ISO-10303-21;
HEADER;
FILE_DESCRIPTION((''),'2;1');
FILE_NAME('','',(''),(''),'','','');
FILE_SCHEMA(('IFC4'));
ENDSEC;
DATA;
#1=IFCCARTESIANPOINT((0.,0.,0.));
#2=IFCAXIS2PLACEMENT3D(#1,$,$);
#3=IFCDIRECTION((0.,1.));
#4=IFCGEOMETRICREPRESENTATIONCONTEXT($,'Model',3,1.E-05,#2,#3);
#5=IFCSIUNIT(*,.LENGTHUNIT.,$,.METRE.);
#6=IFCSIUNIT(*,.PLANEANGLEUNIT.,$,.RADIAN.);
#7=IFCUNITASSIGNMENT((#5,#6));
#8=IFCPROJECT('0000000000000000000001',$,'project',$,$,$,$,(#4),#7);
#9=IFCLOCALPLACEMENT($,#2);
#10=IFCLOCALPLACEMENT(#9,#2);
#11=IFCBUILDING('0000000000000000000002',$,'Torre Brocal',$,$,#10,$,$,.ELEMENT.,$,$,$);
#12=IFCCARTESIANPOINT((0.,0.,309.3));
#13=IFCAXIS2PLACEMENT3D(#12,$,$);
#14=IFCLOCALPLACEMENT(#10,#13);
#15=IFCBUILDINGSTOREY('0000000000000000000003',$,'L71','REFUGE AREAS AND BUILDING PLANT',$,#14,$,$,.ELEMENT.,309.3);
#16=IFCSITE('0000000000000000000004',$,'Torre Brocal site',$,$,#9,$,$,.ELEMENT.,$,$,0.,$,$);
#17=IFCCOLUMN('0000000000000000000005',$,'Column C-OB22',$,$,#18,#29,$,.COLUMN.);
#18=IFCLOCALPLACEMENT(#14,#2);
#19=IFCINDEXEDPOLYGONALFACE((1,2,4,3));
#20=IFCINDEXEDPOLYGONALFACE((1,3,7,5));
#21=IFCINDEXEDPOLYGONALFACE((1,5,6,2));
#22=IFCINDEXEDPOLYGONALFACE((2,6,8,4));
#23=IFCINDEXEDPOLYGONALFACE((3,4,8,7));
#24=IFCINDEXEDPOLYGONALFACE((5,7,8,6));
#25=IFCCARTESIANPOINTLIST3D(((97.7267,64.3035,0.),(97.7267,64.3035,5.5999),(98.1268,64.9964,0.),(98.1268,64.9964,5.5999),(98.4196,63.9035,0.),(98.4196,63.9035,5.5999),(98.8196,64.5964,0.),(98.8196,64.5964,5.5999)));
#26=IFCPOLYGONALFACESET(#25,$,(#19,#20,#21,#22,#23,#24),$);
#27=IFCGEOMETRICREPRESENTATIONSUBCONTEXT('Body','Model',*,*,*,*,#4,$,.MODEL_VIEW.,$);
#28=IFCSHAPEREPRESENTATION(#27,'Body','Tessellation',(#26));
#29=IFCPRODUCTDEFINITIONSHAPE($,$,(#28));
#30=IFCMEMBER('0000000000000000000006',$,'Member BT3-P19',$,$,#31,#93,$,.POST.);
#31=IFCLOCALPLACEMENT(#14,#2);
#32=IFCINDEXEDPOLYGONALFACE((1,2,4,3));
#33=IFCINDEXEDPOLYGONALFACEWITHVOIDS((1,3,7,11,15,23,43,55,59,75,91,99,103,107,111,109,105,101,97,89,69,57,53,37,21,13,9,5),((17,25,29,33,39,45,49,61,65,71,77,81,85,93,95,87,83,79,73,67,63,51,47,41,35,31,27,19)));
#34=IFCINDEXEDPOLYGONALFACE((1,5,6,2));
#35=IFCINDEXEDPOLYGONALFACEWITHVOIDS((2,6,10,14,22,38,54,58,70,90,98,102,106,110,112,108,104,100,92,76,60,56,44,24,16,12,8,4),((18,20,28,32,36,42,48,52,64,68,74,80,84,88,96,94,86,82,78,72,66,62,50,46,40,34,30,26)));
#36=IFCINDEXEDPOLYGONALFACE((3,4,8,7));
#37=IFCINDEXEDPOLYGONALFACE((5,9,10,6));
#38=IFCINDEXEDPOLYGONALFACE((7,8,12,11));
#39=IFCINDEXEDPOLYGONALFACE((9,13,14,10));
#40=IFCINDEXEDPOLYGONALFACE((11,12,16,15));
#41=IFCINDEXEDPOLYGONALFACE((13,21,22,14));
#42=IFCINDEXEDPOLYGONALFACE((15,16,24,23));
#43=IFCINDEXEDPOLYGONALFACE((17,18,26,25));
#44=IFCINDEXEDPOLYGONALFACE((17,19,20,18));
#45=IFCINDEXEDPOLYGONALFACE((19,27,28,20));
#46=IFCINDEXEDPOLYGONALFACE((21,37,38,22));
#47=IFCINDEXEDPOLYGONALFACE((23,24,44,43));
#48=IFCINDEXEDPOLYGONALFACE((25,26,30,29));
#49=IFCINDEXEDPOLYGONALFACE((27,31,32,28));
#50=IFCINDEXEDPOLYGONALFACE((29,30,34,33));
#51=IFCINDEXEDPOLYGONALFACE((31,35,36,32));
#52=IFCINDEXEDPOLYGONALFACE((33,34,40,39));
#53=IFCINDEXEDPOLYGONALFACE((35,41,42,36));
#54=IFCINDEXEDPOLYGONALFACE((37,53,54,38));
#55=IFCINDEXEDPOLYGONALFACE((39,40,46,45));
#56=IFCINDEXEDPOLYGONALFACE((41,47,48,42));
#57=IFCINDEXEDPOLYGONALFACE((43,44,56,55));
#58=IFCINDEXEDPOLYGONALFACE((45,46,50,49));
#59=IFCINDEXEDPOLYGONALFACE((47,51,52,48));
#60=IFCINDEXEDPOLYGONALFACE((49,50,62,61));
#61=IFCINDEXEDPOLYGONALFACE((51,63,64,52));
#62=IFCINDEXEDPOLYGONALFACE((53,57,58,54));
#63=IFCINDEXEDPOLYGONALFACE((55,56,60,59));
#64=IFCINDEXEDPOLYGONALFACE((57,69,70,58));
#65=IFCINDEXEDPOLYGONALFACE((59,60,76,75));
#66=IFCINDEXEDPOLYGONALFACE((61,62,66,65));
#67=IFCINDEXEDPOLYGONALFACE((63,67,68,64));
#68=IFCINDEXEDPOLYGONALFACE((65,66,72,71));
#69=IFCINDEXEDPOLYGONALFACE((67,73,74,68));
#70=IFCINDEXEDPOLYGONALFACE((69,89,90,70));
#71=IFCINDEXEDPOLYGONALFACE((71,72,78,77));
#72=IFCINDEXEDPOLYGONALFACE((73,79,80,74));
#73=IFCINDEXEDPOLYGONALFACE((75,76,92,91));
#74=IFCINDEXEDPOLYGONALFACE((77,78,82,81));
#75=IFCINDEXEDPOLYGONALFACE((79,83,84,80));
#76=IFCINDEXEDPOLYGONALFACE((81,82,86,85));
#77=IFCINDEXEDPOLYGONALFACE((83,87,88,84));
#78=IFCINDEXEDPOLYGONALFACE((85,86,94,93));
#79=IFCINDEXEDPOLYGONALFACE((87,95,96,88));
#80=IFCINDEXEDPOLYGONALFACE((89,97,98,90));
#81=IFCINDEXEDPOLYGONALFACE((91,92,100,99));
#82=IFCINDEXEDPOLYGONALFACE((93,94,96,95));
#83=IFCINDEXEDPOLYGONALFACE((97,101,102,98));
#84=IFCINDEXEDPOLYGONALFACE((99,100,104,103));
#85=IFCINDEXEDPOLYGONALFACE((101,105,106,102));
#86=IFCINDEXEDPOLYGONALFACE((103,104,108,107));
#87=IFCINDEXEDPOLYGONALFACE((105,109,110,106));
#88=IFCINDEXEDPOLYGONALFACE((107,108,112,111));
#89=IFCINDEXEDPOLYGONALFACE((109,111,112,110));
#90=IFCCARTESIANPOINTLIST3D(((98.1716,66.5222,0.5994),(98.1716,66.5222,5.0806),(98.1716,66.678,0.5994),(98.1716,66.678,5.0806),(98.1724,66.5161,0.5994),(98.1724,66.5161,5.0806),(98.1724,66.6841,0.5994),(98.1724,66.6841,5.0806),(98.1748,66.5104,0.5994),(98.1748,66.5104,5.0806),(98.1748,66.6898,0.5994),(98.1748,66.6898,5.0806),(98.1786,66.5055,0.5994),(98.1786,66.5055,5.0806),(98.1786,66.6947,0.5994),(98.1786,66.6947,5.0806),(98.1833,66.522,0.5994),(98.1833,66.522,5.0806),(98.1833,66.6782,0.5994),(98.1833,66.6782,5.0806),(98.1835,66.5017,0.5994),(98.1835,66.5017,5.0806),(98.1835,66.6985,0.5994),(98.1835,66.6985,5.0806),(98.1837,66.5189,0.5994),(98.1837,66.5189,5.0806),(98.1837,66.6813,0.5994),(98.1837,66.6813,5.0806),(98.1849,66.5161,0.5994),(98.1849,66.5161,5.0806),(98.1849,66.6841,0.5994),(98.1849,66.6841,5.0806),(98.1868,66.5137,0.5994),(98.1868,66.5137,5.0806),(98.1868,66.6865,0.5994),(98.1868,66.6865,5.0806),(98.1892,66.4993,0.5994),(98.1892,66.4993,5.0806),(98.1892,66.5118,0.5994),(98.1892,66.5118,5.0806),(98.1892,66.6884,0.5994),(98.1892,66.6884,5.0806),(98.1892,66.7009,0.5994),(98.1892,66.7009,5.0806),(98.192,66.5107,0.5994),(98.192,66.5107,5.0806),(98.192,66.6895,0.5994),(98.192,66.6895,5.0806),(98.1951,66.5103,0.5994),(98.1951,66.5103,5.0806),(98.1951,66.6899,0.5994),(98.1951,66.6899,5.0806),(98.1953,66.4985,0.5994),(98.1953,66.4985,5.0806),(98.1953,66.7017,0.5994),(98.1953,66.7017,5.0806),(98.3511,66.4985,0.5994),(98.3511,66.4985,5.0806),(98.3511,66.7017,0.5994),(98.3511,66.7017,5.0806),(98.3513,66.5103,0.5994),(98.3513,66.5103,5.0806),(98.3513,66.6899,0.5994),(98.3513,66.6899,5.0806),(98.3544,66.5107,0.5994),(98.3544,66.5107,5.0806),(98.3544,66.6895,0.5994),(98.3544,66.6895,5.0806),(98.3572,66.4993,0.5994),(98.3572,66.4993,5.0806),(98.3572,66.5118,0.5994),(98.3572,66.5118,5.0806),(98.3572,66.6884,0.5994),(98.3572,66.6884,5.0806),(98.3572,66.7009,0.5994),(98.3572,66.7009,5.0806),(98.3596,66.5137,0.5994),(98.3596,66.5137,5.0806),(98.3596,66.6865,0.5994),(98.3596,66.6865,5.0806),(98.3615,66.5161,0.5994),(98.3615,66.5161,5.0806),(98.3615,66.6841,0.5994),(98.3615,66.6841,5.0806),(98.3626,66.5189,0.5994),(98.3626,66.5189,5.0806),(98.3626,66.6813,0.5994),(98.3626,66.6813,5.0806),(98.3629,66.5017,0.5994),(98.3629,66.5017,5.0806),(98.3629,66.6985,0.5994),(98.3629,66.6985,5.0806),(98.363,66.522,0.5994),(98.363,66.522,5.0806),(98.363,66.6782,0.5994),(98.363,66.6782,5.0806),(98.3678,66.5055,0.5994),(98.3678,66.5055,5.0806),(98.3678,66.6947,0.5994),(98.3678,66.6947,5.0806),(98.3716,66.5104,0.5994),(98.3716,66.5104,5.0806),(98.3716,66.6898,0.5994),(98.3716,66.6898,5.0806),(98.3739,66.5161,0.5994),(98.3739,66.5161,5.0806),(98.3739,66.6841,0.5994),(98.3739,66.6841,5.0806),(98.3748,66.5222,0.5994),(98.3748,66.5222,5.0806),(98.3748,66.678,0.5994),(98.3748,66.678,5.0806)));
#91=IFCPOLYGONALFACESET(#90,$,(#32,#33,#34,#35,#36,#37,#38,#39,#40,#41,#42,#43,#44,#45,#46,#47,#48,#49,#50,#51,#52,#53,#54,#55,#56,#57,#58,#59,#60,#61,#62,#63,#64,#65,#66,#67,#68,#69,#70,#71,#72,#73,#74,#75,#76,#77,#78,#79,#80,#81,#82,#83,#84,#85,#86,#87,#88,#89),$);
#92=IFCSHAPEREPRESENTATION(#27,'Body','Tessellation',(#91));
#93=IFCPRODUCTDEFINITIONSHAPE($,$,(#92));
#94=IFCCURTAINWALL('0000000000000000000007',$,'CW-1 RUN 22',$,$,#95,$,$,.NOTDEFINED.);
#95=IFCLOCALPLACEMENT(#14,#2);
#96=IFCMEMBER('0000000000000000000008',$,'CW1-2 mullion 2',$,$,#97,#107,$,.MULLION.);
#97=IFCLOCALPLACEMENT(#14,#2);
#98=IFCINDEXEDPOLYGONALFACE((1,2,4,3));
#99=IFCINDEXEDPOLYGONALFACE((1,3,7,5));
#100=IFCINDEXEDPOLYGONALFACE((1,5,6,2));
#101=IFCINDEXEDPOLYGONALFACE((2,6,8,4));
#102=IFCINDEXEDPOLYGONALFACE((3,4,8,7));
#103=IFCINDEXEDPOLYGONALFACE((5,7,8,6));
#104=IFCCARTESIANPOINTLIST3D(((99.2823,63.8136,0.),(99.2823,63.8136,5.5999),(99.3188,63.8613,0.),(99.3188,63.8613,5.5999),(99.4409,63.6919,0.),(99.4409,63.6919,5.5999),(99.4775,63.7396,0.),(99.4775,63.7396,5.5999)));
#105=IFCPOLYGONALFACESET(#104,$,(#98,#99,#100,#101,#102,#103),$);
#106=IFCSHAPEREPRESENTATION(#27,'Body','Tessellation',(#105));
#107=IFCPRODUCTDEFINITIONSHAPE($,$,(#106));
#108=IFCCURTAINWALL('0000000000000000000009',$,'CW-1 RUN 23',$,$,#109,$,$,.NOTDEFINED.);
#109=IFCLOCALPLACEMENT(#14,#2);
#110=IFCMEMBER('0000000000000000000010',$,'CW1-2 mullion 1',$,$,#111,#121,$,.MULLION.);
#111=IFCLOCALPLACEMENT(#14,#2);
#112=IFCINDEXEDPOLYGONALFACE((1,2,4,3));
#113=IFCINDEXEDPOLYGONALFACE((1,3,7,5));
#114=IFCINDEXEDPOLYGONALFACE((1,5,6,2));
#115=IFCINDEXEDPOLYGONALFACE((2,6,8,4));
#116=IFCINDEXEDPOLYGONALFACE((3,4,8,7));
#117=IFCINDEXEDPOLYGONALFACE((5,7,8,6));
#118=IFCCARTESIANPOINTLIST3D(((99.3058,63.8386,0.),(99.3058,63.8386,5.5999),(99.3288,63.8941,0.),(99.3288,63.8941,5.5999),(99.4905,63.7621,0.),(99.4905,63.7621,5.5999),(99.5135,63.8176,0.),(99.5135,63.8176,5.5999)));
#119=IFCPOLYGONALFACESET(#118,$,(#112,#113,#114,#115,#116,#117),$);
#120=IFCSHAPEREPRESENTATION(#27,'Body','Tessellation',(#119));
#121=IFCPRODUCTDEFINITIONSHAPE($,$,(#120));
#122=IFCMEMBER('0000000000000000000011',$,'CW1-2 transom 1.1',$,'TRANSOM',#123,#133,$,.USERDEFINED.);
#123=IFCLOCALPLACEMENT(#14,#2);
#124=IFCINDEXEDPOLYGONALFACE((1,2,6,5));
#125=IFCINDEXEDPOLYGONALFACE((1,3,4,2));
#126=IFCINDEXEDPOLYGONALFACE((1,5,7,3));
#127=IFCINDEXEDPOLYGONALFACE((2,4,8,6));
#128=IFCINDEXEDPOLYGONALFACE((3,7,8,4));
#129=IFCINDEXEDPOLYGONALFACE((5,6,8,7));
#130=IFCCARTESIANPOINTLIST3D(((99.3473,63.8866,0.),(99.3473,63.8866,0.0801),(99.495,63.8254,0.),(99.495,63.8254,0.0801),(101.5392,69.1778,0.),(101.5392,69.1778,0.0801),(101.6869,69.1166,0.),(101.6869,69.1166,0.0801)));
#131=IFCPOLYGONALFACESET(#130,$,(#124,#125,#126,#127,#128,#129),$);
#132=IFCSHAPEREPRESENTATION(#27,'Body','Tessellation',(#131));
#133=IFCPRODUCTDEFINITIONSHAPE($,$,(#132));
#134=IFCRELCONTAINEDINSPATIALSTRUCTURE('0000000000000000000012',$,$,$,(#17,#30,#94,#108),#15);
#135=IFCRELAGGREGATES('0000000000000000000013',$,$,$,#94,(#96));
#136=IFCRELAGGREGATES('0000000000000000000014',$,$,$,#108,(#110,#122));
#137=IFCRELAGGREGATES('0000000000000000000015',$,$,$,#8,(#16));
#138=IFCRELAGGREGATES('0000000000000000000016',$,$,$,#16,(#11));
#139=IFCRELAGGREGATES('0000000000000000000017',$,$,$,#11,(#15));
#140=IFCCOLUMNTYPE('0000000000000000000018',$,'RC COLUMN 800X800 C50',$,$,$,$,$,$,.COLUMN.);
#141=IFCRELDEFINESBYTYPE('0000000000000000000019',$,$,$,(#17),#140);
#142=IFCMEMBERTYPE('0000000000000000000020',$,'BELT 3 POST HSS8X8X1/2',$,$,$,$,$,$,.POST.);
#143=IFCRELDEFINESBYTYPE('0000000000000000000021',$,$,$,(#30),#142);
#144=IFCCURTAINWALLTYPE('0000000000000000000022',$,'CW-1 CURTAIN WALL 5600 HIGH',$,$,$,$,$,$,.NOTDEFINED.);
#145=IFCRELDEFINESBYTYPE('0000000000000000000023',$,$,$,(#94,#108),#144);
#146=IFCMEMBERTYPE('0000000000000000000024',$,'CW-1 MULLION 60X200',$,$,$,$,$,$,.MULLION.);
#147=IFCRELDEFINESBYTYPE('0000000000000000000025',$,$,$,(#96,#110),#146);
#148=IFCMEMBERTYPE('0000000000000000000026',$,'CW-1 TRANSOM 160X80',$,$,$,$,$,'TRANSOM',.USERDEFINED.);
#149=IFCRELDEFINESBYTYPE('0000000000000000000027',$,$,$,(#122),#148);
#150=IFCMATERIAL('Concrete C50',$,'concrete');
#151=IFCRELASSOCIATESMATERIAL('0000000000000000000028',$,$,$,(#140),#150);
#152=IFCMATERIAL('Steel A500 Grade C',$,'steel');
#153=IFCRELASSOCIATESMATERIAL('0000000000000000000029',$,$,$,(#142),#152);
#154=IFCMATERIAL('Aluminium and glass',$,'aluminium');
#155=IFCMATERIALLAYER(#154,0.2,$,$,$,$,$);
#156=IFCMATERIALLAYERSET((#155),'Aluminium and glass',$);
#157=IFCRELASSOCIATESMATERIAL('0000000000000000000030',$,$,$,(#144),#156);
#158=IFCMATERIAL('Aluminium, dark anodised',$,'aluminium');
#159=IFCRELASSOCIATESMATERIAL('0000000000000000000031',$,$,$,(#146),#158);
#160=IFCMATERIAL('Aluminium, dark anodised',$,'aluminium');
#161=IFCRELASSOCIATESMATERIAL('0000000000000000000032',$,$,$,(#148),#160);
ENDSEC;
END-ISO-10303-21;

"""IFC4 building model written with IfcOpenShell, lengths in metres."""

from ifc_helpers import new_model, si_unit, direction, frame, origin, origin_2d, place, context, subcontext, project, spatial, rectangle, hollow_rectangle, extrude, material, layer, layer_set, material_profile, profile_set, type_object, element, aggregate, save


model = new_model("IFC4")

# Units and contexts
model_context = context("Model", 3, precision=1e-05, world=origin(), true_north=direction((0.0, 1.0)))
body_context = subcontext(model_context, "Body", "Model", "MODEL_VIEW")
ifc_project = project(units=[si_unit("LENGTHUNIT", "METRE"), si_unit("PLANEANGLEUNIT", "RADIAN")], contexts=[model_context])

# Site, building, storey
site_placement = place(None, origin())
site = spatial("IfcSite", under=ifc_project, at=site_placement, Name="Torre Brocal site", CompositionType="ELEMENT", RefElevation=0.0)
building_placement = place(site_placement, origin())
building = spatial("IfcBuilding", under=site, at=building_placement, Name="Torre Brocal", CompositionType="ELEMENT")
storey_placement = place(building_placement, frame((0.0, 0.0, 309.3)))
storey = spatial("IfcBuildingStorey", under=building, at=storey_placement, Name="L71", Description="REFUGE AREAS AND BUILDING PLANT", CompositionType="ELEMENT", Elevation=309.3)

# Column
ifc_material_1 = material(Name="Concrete C50", Category="concrete")
ifc_material_profile_1 = material_profile(ifc_material_1, rectangle(XDim=0.8, YDim=0.8, at=origin_2d()), Name="RC 800X800")
ifc_profile_set_1 = profile_set([ifc_material_profile_1], Name="Concrete C50")
column_type = type_object("IfcColumnType", Name="RC COLUMN 800X800 C50", PredefinedType="COLUMN", material=ifc_profile_set_1)
column_placement = place(storey_placement, frame((98.2732, 64.45, 0.0), z_axis=(0.0, 0.0, 1.0), x_axis=(0.866025, -0.5, 0.0)))
element("IfcColumn", 1, at=column_placement, inside=storey, type_object=column_type, Name="Column C-OB22", PredefinedType="COLUMN", context=body_context, shape_type="SweptSolid", body=[
    extrude(rectangle(XDim=0.8, YDim=0.8, at=origin_2d()), origin(), (0.0, 0.0, 1.0), 5.5999),
])

# Member
ifc_material_2 = material(Name="Steel A500 Grade C", Category="steel")
ifc_material_profile_2 = material_profile(ifc_material_2, hollow_rectangle(XDim=0.2031, YDim=0.2031, WallThickness=0.0117, InnerFilletRadius=0.0117, OuterFilletRadius=0.0237, at=origin_2d()), Name="HSS8X8X1/2")
ifc_profile_set_2 = profile_set([ifc_material_profile_2], Name="Steel A500 Grade C")
member_type_1 = type_object("IfcMemberType", Name="BELT 3 POST HSS8X8X1/2", PredefinedType="POST", material=ifc_profile_set_2)
member_1_placement = place(storey_placement, frame((98.2732, 66.6001, 0.5994), z_axis=(0.0, 0.0, 1.0), x_axis=(1.0, 0.0, 0.0)))
element("IfcMember", 2, at=member_1_placement, inside=storey, type_object=member_type_1, Name="Member BT3-P19", PredefinedType="POST", context=body_context, shape_type="SweptSolid", body=[
    extrude(hollow_rectangle(XDim=0.2031, YDim=0.2031, WallThickness=0.0117, InnerFilletRadius=0.0117, OuterFilletRadius=0.0237, at=origin_2d()), origin(), (0.0, 0.0, 1.0), 4.4812),
])

# Curtain wall, member
ifc_material_3 = material(Name="Aluminium and glass", Category="aluminium")
ifc_layer_1 = layer(ifc_material_3, 0.2)
ifc_layer_set_1 = layer_set([ifc_layer_1], Name="Aluminium and glass")
curtain_wall_type = type_object("IfcCurtainWallType", Name="CW-1 CURTAIN WALL 5600 HIGH", PredefinedType="NOTDEFINED", material=ifc_layer_set_1)
curtain_wall_1_placement = place(storey_placement, origin())
curtain_wall_1 = element("IfcCurtainWall", 3, at=curtain_wall_1_placement, inside=storey, type_object=curtain_wall_type, Name="CW-1 RUN 22", PredefinedType="NOTDEFINED")
ifc_material_4 = material(Name="Aluminium, dark anodised", Category="aluminium")
ifc_material_profile_3 = material_profile(ifc_material_4, rectangle(XDim=0.2, YDim=0.0601, at=origin_2d()), Name="CW-1 MULLION 60X200")
ifc_profile_set_3 = profile_set([ifc_material_profile_3], Name="Aluminium, dark anodised")
member_type_2 = type_object("IfcMemberType", Name="CW-1 MULLION 60X200", PredefinedType="MULLION", material=ifc_profile_set_3)
member_2_placement = place(storey_placement, frame((99.3799, 63.7766, 0.0), z_axis=(0.0, 0.0, 1.0), x_axis=(-0.793353, 0.608761, 0.0)))
member_2 = element("IfcMember", 4, at=member_2_placement, type_object=member_type_2, Name="CW1-2 mullion 2", PredefinedType="MULLION", context=body_context, shape_type="SweptSolid", body=[
    extrude(rectangle(XDim=0.2, YDim=0.0601, at=origin_2d()), origin(), (0.0, 0.0, 1.0), 5.5999),
])
aggregate(curtain_wall_1, [member_2])

# Curtain wall, members
curtain_wall_2_placement = place(storey_placement, origin())
curtain_wall_2 = element("IfcCurtainWall", 5, at=curtain_wall_2_placement, inside=storey, type_object=curtain_wall_type, Name="CW-1 RUN 23", PredefinedType="NOTDEFINED")
member_3_placement = place(storey_placement, frame((99.4097, 63.8281, 0.0), z_axis=(0.0, 0.0, 1.0), x_axis=(-0.92388, 0.382683, 0.0)))
member_3 = element("IfcMember", 6, at=member_3_placement, type_object=member_type_2, Name="CW1-2 mullion 1", PredefinedType="MULLION", context=body_context, shape_type="SweptSolid", body=[
    extrude(rectangle(XDim=0.2, YDim=0.0601, at=origin_2d()), origin(), (0.0, 0.0, 1.0), 5.5999),
])
ifc_material_5 = material(Name="Aluminium, dark anodised", Category="aluminium")
ifc_material_profile_4 = material_profile(ifc_material_5, rectangle(XDim=0.1599, YDim=0.0801, at=origin_2d()), Name="CW-1 TRANSOM 160X80")
ifc_profile_set_4 = profile_set([ifc_material_profile_4], Name="Aluminium, dark anodised")
member_type_3 = type_object("IfcMemberType", Name="CW-1 TRANSOM 160X80", ElementType="TRANSOM", PredefinedType="USERDEFINED", material=ifc_profile_set_4)
member_4_placement = place(storey_placement, frame((99.4211, 63.856, 0.04), z_axis=(0.382711, 0.923868, 0.0), x_axis=(-0.923868, 0.382711, 0.0)))
member_4 = element("IfcMember", 7, at=member_4_placement, type_object=member_type_3, Name="CW1-2 transom 1.1", ObjectType="TRANSOM", PredefinedType="USERDEFINED", context=body_context, shape_type="SweptSolid", body=[
    extrude(rectangle(XDim=0.1599, YDim=0.0801, at=origin_2d()), origin(), (0.0, 0.0, 1.0), 5.7273),
])

aggregate(curtain_wall_2, [member_3, member_4])

save(model, "model.ifc")
